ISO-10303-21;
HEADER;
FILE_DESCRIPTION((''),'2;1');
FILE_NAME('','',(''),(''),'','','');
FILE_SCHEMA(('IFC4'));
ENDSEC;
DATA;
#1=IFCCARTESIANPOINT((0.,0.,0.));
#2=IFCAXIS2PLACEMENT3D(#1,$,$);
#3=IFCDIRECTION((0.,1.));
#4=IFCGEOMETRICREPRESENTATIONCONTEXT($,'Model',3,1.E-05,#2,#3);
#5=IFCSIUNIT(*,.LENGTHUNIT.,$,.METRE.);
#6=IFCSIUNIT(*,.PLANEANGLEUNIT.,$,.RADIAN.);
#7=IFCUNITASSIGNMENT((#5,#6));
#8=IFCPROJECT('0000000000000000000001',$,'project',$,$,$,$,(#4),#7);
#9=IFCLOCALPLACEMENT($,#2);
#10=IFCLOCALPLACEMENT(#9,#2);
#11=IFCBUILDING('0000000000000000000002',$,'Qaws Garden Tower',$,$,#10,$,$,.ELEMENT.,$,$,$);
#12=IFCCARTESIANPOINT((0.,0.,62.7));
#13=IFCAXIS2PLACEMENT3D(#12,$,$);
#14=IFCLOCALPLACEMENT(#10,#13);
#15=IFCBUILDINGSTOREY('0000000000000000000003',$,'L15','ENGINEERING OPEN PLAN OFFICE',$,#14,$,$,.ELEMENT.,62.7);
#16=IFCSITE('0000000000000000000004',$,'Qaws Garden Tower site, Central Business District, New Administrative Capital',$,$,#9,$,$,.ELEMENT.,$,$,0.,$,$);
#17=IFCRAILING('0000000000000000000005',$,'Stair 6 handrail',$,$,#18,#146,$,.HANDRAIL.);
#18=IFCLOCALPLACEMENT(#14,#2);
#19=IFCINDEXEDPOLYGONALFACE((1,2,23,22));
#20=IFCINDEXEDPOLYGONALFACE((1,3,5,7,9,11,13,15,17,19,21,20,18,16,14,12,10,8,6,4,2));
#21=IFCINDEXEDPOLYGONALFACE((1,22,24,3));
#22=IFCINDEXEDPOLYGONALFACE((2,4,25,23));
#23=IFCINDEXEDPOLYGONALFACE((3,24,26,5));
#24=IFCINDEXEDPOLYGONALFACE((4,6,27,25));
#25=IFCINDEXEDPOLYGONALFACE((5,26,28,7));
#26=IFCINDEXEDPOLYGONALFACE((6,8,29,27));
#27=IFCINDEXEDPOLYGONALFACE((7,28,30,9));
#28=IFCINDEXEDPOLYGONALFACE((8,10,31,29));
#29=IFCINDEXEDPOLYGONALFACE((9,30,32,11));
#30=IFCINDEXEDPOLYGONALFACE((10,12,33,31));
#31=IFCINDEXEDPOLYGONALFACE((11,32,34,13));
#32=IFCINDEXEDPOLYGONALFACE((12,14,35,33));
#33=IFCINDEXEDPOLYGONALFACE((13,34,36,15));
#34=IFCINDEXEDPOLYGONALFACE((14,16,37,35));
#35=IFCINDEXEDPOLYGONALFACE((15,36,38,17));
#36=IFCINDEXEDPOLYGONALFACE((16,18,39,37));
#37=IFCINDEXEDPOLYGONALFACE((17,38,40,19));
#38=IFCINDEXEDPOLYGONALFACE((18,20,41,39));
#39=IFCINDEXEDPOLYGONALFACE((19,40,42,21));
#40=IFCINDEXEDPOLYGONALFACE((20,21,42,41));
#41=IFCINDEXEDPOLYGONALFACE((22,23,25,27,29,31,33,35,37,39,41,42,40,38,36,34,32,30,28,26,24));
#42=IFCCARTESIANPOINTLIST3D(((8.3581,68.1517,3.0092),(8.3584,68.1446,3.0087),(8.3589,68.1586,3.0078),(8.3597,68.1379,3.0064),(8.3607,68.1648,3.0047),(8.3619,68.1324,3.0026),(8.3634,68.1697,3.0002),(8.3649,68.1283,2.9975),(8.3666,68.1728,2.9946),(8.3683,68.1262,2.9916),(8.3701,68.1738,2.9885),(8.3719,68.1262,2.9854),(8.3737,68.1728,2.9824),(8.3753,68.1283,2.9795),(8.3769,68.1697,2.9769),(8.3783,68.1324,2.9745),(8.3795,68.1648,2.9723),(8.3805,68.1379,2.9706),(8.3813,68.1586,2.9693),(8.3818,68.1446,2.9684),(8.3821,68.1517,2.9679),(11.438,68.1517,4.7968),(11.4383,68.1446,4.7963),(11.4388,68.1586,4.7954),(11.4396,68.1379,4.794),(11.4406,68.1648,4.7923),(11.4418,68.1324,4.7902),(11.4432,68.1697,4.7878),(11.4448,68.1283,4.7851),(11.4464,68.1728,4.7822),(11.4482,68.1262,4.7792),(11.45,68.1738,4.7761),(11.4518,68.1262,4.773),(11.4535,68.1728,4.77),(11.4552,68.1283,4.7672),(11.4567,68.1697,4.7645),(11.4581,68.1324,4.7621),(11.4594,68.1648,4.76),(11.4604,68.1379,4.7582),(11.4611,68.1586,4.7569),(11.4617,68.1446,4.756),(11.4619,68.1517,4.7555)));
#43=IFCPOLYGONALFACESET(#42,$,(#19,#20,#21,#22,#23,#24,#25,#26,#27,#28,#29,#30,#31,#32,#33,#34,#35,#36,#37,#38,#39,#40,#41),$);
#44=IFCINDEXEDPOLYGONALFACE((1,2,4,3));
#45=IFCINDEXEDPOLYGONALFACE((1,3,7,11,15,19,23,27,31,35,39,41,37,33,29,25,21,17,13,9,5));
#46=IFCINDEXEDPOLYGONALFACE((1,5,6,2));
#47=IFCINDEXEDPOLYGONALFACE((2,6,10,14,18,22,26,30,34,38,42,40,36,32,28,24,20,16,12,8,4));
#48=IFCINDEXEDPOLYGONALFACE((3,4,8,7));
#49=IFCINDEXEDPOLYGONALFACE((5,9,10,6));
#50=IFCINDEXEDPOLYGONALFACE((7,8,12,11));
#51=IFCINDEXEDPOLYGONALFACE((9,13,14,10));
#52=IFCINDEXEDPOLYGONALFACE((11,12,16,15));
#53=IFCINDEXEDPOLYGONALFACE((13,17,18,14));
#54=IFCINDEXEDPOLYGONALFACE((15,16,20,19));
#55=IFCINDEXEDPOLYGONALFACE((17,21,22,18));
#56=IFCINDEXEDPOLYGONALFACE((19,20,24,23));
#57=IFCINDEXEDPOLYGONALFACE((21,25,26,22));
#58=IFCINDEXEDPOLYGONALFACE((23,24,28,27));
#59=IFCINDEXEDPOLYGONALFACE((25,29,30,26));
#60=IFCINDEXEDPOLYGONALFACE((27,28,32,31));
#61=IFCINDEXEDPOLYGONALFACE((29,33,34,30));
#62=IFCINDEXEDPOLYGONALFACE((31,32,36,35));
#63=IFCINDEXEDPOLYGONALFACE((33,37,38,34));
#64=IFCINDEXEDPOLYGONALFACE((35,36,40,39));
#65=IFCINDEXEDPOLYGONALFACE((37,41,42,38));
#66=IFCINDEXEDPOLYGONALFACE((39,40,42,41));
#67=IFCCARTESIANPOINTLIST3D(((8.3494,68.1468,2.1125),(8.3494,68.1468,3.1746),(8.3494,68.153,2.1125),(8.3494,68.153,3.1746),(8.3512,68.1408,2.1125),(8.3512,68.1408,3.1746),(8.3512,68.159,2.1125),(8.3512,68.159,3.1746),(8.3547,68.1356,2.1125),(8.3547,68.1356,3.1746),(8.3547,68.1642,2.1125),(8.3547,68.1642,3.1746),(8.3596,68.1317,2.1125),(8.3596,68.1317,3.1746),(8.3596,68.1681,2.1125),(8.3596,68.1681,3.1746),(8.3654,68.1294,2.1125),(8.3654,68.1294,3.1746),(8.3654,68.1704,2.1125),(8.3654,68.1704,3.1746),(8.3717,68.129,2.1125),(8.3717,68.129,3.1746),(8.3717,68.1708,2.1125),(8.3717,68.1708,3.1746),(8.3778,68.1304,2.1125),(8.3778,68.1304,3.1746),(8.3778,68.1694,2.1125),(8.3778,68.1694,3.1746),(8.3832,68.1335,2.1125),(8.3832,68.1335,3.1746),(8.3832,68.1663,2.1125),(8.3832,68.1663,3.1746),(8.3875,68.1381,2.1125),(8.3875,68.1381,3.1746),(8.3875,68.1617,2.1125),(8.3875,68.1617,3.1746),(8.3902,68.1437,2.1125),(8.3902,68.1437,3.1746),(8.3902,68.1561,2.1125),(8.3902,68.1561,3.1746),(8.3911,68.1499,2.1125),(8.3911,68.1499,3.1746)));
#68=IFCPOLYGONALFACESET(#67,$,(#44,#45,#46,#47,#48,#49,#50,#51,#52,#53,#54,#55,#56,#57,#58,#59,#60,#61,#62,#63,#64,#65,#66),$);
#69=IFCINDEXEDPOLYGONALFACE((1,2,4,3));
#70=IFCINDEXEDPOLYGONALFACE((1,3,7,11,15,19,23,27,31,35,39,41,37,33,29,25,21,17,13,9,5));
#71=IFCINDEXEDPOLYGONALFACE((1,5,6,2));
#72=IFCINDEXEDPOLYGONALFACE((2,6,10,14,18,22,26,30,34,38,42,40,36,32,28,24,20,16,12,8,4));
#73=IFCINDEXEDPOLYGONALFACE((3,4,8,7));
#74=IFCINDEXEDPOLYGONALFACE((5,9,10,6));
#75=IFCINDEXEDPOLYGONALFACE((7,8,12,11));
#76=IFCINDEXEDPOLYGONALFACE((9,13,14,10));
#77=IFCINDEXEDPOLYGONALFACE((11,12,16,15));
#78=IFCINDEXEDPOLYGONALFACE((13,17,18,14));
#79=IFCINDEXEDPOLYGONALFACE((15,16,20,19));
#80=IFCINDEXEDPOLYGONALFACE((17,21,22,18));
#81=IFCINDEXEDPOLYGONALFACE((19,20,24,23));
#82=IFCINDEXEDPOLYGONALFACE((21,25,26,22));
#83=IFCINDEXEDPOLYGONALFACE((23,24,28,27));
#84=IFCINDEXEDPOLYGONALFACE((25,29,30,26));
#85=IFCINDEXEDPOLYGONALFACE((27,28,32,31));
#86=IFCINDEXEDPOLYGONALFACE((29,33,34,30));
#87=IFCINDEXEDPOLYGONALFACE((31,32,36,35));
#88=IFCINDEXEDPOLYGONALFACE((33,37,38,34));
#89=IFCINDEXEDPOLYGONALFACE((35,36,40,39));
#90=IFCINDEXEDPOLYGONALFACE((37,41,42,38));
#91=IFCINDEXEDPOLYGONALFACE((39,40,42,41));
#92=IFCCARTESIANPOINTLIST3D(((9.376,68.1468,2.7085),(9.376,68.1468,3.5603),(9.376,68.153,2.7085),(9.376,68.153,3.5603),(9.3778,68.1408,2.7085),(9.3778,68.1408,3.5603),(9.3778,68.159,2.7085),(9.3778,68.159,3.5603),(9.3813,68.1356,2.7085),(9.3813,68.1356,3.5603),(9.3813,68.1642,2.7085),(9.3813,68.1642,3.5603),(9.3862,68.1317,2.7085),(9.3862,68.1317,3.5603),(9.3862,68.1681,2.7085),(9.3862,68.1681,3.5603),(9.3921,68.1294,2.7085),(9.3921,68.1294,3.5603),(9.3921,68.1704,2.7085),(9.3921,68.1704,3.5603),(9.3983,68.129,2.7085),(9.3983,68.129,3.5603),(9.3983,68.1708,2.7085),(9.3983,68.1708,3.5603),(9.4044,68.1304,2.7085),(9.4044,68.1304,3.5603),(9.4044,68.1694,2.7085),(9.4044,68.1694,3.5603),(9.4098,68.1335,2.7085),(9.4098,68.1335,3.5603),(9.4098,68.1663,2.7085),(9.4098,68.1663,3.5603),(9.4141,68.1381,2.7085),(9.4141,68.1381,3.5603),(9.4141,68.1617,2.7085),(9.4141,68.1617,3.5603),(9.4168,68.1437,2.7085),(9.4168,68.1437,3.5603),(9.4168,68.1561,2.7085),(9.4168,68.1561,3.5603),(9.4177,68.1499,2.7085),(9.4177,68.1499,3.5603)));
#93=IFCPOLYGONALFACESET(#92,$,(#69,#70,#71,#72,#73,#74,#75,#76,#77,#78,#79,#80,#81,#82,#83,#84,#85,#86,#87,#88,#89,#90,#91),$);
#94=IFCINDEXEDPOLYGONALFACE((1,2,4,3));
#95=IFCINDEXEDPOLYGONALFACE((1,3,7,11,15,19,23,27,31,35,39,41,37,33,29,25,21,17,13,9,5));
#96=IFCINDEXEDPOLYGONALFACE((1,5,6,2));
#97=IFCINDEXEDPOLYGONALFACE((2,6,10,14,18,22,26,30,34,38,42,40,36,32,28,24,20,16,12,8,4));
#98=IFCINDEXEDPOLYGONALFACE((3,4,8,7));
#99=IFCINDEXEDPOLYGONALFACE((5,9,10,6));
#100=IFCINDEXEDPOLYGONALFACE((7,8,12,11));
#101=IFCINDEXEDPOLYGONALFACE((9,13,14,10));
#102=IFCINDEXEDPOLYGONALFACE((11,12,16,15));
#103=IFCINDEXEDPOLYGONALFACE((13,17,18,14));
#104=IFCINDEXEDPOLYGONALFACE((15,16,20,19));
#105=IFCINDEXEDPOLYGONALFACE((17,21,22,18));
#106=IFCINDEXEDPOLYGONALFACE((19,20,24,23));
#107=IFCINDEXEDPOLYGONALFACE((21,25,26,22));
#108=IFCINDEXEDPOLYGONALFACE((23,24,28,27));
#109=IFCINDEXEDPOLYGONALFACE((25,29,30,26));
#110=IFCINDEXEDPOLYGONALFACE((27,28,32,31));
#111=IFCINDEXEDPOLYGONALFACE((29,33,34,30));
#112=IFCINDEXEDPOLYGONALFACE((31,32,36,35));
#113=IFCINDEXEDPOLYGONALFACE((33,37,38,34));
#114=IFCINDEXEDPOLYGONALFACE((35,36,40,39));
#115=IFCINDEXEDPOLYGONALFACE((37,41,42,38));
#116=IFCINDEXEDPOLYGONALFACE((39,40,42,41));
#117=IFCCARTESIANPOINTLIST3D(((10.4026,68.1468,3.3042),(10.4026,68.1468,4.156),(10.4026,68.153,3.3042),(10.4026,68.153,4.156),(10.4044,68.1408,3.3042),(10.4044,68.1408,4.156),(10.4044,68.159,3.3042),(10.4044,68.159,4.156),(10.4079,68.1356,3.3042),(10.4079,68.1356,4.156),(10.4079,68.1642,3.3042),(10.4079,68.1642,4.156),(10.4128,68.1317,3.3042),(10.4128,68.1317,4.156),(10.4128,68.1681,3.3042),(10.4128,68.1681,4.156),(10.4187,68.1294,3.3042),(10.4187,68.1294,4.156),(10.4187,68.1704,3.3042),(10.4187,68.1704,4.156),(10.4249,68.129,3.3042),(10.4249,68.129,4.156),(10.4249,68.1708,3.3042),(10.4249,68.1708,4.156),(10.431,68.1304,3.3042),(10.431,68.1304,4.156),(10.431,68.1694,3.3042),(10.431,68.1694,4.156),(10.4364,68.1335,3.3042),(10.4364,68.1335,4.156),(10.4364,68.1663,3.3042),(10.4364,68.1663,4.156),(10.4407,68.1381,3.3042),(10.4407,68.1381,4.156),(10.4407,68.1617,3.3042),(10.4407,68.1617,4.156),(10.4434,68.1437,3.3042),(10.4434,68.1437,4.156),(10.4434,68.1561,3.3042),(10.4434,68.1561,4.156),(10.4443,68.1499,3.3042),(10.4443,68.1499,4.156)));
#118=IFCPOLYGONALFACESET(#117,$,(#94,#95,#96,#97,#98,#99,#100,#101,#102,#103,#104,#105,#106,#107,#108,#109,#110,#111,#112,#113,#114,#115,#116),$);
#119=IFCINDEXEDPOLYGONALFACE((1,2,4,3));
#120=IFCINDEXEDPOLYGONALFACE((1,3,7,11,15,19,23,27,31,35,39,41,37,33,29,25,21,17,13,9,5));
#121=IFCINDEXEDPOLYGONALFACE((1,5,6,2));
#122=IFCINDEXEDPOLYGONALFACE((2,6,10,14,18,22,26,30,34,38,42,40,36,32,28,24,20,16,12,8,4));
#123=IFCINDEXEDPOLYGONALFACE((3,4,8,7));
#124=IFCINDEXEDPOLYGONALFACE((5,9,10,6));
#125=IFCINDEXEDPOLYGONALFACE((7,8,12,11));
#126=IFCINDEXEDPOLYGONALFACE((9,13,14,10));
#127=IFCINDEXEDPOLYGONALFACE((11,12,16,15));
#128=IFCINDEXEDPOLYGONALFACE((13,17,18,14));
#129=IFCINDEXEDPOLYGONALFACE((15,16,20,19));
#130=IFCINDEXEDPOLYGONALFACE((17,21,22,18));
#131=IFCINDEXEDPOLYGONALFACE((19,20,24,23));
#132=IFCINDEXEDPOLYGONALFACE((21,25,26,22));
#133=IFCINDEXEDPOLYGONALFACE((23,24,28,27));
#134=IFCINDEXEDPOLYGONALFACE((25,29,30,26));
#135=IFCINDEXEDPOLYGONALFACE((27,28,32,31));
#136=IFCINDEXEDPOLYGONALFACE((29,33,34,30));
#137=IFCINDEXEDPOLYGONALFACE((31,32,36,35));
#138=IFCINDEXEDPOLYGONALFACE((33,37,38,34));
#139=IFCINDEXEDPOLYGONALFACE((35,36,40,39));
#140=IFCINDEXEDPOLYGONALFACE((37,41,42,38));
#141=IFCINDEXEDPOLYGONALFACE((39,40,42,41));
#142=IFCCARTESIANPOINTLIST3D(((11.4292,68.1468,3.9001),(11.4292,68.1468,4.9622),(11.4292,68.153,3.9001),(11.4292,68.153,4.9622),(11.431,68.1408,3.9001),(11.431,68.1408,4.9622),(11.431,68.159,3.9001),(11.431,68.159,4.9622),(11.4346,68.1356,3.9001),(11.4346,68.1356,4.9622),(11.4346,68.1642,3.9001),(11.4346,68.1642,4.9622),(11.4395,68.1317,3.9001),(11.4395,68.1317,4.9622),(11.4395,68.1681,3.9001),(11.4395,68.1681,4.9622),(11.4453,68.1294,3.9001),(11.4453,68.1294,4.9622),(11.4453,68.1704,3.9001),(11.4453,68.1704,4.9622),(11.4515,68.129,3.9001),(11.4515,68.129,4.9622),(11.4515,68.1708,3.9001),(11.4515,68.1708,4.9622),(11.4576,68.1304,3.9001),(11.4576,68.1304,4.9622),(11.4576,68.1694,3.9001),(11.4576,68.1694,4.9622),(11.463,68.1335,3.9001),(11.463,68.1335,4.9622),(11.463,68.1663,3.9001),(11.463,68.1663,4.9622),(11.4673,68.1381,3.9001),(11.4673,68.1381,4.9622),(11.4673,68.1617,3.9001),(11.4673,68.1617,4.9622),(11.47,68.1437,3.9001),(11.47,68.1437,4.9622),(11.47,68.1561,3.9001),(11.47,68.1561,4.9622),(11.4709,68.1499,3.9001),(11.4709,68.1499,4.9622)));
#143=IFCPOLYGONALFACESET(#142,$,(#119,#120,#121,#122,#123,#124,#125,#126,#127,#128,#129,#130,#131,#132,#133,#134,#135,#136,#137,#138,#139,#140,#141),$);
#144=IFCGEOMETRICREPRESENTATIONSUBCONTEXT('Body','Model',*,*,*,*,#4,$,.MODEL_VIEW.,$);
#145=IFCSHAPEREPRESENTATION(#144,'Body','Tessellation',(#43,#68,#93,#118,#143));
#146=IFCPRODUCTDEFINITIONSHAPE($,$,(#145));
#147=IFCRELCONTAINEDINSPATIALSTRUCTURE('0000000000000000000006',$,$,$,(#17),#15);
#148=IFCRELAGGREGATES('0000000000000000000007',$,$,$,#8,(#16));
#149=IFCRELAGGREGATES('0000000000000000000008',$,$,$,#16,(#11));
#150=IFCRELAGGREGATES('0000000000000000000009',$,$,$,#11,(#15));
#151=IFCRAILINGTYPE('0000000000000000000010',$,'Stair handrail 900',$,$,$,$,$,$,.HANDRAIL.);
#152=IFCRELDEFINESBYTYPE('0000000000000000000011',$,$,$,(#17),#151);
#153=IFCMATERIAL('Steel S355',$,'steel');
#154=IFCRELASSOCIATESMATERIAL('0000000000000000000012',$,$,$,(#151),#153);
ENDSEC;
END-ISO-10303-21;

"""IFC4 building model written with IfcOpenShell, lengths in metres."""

from ifc_helpers import new_model, si_unit, direction, frame, origin, origin_2d, place, context, subcontext, project, spatial, circle, extrude, material, type_object, element, save


model = new_model("IFC4")

# Units and contexts
model_context = context("Model", 3, precision=1e-05, world=origin(), true_north=direction((0.0, 1.0)))
body_context = subcontext(model_context, "Body", "Model", "MODEL_VIEW")
ifc_project = project(units=[si_unit("LENGTHUNIT", "METRE"), si_unit("PLANEANGLEUNIT", "RADIAN")], contexts=[model_context])

# Site, building, storey
site_placement = place(None, origin())
site = spatial("IfcSite", under=ifc_project, at=site_placement, Name="Qaws Garden Tower site, Central Business District, New Administrative Capital", CompositionType="ELEMENT", RefElevation=0.0)
building_placement = place(site_placement, origin())
building = spatial("IfcBuilding", under=site, at=building_placement, Name="Qaws Garden Tower", CompositionType="ELEMENT")
storey_placement = place(building_placement, frame((0.0, 0.0, 62.7)))
storey = spatial("IfcBuildingStorey", under=building, at=storey_placement, Name="L15", Description="ENGINEERING OPEN PLAN OFFICE", CompositionType="ELEMENT", Elevation=62.7)

# Railing
ifc_material_1 = material(Name="Steel S355", Category="steel")
railing_type = type_object("IfcRailingType", Name="Stair handrail 900", PredefinedType="HANDRAIL", material=ifc_material_1)
railing_1_placement = place(storey_placement, frame((8.3701, 68.1499, 2.1125)))
element("IfcRailing", 1, at=railing_1_placement, inside=storey, type_object=railing_type, Name="Stair 6 handrail", PredefinedType="HANDRAIL", context=body_context, shape_type="SweptSolid", body=[
    extrude(circle(Radius=0.0239, at=origin_2d()), frame((0.0, 0.0, 0.876), z_axis=(0.864873, 0.0, 0.50199), x_axis=(0.0, 1.0, 0.0)), (0.0, 0.0, 1.0), 3.561),
    extrude(circle(Radius=0.021, at=origin_2d()), origin(), (0.0, 0.0, 1.0), 1.062),
    extrude(circle(Radius=0.021, at=origin_2d()), frame((1.0266, 0.0, 0.5959)), (0.0, 0.0, 1.0), 0.8518),
    extrude(circle(Radius=0.021, at=origin_2d()), frame((2.0532, 0.0, 1.1917)), (0.0, 0.0, 1.0), 0.8518),
    extrude(circle(Radius=0.021, at=origin_2d()), frame((3.0798, 0.0, 1.7876)), (0.0, 0.0, 1.0), 1.062),
])

save(model, "model.ifc")
